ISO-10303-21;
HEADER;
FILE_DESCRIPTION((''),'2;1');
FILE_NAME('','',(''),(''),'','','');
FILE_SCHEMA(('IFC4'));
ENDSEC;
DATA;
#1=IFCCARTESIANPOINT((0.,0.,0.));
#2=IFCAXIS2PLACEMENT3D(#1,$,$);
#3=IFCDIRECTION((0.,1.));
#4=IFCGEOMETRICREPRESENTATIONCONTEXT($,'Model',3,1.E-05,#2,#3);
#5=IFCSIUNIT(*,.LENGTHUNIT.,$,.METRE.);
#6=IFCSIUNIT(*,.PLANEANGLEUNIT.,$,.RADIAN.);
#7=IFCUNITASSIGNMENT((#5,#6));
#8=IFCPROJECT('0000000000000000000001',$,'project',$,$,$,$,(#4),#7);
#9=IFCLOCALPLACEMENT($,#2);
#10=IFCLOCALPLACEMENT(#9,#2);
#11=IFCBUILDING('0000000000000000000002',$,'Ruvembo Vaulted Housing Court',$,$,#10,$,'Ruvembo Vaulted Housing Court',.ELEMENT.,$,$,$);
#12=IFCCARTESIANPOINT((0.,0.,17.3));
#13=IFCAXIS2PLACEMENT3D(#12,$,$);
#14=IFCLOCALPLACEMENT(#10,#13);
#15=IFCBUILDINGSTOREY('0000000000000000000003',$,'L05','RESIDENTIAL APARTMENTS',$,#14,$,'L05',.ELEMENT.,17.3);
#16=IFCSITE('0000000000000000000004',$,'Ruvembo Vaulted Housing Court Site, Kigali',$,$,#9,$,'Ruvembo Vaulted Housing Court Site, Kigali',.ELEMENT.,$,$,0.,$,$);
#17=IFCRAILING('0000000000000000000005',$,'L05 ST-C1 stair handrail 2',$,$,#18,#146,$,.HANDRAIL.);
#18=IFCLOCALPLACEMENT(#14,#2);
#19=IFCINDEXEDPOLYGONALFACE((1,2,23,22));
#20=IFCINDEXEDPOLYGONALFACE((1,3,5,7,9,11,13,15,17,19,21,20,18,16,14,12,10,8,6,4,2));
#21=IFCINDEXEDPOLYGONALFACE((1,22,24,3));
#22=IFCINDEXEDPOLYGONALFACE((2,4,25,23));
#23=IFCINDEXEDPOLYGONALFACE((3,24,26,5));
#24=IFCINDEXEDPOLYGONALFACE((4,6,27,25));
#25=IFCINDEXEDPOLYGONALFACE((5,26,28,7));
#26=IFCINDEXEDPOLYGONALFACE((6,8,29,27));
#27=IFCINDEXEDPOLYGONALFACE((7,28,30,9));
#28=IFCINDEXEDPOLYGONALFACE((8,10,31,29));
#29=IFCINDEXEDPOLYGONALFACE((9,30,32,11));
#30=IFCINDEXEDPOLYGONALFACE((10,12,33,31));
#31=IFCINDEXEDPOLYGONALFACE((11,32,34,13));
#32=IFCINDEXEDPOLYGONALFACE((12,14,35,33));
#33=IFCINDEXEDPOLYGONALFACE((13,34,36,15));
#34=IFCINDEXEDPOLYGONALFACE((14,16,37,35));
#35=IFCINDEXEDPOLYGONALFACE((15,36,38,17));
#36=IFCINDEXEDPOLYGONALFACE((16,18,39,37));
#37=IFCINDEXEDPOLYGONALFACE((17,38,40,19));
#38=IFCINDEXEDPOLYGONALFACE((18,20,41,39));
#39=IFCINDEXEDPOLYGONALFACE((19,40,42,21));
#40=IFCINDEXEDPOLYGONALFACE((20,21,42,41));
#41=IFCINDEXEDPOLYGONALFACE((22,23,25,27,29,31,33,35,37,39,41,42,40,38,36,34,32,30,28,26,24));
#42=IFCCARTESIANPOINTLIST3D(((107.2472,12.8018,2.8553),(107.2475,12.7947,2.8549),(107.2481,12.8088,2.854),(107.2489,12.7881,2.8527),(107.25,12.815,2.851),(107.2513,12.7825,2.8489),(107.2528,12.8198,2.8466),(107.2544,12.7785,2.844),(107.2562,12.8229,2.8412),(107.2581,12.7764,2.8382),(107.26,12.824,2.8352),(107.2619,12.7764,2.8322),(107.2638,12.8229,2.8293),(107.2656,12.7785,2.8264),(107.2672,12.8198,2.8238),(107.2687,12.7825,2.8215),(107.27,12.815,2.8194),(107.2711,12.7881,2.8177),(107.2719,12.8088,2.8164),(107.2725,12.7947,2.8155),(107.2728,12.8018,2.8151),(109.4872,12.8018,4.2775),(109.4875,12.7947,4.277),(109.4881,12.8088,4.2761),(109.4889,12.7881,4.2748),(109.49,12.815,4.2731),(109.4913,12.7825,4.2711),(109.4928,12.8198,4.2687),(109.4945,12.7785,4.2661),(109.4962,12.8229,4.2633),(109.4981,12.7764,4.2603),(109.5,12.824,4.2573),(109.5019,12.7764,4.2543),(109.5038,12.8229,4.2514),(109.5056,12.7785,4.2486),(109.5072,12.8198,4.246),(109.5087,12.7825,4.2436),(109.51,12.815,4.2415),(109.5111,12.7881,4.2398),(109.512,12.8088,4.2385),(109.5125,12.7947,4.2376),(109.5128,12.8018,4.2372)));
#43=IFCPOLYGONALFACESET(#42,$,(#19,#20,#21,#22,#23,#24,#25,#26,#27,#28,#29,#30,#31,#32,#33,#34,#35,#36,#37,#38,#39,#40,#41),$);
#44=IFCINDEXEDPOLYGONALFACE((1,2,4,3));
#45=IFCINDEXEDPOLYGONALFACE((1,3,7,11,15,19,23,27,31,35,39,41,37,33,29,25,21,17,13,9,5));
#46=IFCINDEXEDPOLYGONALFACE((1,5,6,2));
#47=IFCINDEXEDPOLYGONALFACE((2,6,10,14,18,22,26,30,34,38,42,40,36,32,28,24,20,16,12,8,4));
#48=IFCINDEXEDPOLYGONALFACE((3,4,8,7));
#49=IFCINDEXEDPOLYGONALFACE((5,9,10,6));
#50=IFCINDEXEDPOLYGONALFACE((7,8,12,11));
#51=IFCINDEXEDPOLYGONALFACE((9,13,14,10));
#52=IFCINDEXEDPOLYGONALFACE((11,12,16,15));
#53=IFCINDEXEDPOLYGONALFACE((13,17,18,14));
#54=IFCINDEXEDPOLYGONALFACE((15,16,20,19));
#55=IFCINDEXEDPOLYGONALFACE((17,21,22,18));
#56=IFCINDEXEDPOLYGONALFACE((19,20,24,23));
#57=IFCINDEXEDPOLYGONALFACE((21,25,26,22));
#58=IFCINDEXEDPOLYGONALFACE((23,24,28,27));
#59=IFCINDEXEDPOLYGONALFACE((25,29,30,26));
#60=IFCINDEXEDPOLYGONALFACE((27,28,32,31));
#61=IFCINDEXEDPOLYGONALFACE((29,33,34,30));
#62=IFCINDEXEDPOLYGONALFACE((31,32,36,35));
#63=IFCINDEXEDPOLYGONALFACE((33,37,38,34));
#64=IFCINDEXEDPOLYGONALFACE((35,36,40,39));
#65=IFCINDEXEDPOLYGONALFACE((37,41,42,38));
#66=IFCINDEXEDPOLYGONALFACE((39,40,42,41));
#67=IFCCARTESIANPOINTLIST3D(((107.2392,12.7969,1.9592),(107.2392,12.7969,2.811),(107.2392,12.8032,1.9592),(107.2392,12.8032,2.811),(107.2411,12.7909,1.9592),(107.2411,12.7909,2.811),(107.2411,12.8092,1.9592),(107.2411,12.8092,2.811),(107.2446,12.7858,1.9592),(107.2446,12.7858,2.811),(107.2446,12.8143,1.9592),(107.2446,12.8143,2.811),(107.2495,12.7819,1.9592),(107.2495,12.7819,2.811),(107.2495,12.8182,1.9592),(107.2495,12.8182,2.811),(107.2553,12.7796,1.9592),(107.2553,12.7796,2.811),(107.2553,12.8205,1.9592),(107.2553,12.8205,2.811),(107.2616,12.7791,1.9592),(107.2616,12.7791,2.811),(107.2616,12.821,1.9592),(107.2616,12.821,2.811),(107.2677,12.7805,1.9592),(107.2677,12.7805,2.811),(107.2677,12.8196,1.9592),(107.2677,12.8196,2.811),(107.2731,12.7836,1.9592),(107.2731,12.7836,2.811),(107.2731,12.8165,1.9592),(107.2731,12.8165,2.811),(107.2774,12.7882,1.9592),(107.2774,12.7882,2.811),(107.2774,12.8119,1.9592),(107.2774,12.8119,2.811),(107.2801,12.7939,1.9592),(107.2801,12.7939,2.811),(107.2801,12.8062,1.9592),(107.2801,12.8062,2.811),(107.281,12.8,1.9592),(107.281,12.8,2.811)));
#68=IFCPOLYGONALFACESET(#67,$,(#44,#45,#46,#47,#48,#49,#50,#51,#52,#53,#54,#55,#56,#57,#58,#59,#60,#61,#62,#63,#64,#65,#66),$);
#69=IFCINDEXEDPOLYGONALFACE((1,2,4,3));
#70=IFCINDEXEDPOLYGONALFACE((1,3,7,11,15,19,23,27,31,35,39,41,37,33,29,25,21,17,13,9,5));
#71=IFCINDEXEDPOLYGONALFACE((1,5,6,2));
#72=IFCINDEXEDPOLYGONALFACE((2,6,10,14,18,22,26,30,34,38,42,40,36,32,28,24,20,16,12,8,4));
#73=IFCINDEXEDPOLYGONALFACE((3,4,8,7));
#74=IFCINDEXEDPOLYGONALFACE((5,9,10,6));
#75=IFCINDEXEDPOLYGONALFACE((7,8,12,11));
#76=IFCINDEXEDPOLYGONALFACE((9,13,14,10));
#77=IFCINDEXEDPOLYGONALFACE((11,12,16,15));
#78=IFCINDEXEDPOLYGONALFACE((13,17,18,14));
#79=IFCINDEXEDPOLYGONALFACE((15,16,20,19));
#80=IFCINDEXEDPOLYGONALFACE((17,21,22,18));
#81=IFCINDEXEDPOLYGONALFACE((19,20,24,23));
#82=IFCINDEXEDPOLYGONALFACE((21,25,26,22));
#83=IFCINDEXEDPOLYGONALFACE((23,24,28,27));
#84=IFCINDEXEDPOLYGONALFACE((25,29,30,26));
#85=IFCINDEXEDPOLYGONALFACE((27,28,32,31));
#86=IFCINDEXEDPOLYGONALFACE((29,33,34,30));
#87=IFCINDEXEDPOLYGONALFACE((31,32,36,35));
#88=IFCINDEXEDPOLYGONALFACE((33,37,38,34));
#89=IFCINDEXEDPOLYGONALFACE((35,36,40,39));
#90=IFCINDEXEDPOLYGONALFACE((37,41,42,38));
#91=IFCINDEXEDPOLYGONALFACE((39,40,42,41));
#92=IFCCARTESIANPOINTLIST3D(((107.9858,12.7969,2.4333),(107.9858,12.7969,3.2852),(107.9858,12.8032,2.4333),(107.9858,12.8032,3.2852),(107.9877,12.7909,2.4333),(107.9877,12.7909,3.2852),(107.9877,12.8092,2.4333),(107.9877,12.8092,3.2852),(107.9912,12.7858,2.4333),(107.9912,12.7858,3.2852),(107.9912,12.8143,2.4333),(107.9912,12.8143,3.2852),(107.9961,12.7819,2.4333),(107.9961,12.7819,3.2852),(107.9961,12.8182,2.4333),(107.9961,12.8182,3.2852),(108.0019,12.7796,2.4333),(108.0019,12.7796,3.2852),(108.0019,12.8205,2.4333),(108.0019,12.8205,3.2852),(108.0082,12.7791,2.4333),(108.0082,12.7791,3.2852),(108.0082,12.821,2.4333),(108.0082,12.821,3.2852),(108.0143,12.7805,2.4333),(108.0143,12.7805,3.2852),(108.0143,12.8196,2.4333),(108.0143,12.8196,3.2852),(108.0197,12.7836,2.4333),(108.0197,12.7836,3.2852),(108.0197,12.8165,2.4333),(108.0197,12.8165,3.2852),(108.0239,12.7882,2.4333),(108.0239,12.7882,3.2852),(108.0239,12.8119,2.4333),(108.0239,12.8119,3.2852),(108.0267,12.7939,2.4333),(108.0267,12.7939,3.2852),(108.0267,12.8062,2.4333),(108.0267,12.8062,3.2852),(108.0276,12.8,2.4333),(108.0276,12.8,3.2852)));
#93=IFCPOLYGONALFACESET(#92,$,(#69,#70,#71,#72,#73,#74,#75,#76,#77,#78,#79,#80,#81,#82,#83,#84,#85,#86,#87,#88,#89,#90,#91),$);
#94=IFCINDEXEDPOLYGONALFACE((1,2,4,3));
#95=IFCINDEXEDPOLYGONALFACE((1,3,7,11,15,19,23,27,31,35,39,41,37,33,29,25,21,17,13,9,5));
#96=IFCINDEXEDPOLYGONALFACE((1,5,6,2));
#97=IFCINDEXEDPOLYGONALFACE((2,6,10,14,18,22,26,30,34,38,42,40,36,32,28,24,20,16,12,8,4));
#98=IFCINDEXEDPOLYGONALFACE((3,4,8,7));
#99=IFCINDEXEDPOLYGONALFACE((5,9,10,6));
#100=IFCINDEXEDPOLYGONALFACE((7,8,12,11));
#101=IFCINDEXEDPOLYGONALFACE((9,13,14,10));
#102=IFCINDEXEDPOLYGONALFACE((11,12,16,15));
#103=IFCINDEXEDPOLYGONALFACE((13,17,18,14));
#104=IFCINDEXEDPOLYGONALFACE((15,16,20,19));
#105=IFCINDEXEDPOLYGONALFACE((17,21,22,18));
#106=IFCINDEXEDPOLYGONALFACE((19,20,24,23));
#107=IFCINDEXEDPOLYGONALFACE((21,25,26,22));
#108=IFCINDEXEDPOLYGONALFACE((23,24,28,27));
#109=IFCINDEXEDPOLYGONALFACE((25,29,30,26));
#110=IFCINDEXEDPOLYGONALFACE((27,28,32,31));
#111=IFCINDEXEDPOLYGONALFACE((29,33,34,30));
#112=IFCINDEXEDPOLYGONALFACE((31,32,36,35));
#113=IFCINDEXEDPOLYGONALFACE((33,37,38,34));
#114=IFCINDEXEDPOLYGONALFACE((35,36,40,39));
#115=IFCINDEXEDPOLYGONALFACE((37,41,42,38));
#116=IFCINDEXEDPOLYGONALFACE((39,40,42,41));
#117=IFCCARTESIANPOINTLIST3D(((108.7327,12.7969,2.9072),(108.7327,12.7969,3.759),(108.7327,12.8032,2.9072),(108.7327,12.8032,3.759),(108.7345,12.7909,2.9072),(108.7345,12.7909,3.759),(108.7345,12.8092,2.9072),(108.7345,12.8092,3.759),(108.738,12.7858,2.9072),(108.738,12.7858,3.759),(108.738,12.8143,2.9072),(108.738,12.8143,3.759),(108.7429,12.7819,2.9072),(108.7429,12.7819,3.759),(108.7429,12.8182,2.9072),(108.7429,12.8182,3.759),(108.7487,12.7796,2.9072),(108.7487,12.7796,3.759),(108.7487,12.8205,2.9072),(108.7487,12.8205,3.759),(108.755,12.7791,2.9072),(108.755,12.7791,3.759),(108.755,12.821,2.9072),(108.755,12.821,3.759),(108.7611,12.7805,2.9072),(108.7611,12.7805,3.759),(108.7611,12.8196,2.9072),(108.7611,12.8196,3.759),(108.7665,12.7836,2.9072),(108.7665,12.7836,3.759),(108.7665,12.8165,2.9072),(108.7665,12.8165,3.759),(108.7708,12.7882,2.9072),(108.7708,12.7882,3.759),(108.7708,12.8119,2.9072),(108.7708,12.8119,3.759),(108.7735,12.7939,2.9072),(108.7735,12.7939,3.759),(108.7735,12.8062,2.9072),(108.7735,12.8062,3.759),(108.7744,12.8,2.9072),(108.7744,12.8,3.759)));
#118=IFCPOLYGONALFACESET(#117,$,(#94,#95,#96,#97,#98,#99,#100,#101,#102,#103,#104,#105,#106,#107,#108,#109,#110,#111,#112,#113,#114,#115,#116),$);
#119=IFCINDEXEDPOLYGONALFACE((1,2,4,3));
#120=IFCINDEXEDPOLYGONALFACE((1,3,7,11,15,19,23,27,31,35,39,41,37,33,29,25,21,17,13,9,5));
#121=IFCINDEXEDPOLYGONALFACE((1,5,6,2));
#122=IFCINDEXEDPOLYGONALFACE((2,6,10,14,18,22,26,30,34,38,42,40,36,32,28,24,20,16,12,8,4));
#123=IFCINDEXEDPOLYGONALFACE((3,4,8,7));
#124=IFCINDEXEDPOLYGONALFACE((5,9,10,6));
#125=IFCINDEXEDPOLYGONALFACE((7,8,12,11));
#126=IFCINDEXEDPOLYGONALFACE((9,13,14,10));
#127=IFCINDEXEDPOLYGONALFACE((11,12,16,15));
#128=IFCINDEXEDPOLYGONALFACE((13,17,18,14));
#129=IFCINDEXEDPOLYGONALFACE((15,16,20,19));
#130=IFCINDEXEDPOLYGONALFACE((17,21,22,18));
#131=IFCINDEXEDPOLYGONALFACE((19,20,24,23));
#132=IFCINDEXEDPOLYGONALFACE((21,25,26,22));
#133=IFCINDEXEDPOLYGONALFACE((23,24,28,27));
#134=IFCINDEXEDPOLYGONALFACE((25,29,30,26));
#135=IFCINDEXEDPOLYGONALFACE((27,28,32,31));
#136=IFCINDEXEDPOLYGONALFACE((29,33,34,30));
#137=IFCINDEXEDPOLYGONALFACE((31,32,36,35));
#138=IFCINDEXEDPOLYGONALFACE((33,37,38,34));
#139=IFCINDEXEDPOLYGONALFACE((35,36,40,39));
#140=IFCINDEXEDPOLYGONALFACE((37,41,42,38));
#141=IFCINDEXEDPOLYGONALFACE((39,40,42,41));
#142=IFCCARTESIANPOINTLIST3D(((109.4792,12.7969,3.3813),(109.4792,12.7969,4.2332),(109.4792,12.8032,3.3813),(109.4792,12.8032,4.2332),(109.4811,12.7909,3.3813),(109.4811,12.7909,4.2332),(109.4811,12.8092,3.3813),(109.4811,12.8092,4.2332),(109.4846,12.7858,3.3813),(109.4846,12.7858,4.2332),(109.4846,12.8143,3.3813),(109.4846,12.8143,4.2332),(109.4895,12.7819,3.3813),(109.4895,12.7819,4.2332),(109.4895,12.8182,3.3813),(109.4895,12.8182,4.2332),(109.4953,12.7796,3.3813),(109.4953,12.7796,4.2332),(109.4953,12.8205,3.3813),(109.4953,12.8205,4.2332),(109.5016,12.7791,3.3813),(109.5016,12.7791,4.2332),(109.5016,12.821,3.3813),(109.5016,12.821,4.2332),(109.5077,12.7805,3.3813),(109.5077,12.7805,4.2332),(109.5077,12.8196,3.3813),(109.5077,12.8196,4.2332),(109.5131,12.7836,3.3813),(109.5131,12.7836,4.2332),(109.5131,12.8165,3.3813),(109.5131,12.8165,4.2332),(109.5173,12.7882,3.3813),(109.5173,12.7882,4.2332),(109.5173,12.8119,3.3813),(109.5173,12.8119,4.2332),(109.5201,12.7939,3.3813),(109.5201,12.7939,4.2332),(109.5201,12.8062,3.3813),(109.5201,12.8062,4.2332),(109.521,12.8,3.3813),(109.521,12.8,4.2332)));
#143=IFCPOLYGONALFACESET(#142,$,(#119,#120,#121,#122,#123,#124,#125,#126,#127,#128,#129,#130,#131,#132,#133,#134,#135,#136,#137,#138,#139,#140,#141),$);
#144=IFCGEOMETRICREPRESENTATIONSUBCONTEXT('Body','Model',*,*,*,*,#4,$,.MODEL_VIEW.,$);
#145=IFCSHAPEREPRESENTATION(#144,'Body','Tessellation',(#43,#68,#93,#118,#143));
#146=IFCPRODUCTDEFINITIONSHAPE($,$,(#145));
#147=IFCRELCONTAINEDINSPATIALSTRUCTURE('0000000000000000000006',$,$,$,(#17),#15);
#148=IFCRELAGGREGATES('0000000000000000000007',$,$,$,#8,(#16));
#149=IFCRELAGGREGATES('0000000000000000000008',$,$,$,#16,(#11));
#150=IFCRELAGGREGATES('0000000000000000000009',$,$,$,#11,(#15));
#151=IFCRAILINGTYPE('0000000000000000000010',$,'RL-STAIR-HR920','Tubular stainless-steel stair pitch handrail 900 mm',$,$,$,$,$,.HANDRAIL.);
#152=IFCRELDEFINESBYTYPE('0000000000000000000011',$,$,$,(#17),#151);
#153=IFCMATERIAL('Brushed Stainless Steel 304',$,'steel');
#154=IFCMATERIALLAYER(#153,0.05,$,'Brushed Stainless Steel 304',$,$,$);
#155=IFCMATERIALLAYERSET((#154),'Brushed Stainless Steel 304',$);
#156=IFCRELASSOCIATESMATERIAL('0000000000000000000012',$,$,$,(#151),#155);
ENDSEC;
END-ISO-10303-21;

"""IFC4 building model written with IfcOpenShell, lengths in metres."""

from ifc_helpers import new_model, si_unit, direction, frame, origin, origin_2d, place, context, subcontext, project, spatial, circle, extrude, material, layer, layer_set, type_object, element, save


model = new_model("IFC4")

# Units and contexts
model_context = context("Model", 3, precision=1e-05, world=origin(), true_north=direction((0.0, 1.0)))
body_context = subcontext(model_context, "Body", "Model", "MODEL_VIEW")
ifc_project = project(units=[si_unit("LENGTHUNIT", "METRE"), si_unit("PLANEANGLEUNIT", "RADIAN")], contexts=[model_context])

# Site, building, storey
site_placement = place(None, origin())
site = spatial("IfcSite", under=ifc_project, at=site_placement, Name="Ruvembo Vaulted Housing Court Site, Kigali", LongName="Ruvembo Vaulted Housing Court Site, Kigali", CompositionType="ELEMENT", RefElevation=0.0)
building_placement = place(site_placement, origin())
building = spatial("IfcBuilding", under=site, at=building_placement, Name="Ruvembo Vaulted Housing Court", LongName="Ruvembo Vaulted Housing Court", CompositionType="ELEMENT")
storey_placement = place(building_placement, frame((0.0, 0.0, 17.3)))
storey = spatial("IfcBuildingStorey", under=building, at=storey_placement, Name="L05", Description="RESIDENTIAL APARTMENTS", LongName="L05", CompositionType="ELEMENT", Elevation=17.3)

# Shared definitions
ifc_material_1 = material(Name="Brushed Stainless Steel 304", Category="steel")

# Railing
ifc_layer_1 = layer(ifc_material_1, 0.05, Name="Brushed Stainless Steel 304")
ifc_layer_set_1 = layer_set([ifc_layer_1], Name="Brushed Stainless Steel 304")
railing_type_1 = type_object("IfcRailingType", Name="RL-STAIR-HR920", Description="Tubular stainless-steel stair pitch handrail 900 mm", PredefinedType="HANDRAIL", material=ifc_layer_set_1)
railing_1_placement = place(storey_placement, frame((107.26, 12.8, 1.9592)))
element("IfcRailing", 1, at=railing_1_placement, inside=storey, type_object=railing_type_1, Name="L05 ST-C1 stair handrail 2", PredefinedType="HANDRAIL", context=body_context, shape_type="SweptSolid", body=[
    extrude(circle(Radius=0.0239, at=origin_2d()), frame((0.0, 0.0, 0.876), z_axis=(0.844229, 0.0, 0.535982), x_axis=(0.0, 1.0, 0.0)), (0.0, 0.0, 1.0), 2.6533),
    extrude(circle(Radius=0.021, at=origin_2d()), origin(), (0.0, 0.0, 1.0), 0.8518),
    extrude(circle(Radius=0.021, at=origin_2d()), frame((0.7466, 0.0, 0.4741)), (0.0, 0.0, 1.0), 0.8518),
    extrude(circle(Radius=0.021, at=origin_2d()), frame((1.4934, 0.0, 0.948)), (0.0, 0.0, 1.0), 0.8518),
    extrude(circle(Radius=0.021, at=origin_2d()), frame((2.24, 0.0, 1.4221)), (0.0, 0.0, 1.0), 0.8518),
])

save(model, "model.ifc")
